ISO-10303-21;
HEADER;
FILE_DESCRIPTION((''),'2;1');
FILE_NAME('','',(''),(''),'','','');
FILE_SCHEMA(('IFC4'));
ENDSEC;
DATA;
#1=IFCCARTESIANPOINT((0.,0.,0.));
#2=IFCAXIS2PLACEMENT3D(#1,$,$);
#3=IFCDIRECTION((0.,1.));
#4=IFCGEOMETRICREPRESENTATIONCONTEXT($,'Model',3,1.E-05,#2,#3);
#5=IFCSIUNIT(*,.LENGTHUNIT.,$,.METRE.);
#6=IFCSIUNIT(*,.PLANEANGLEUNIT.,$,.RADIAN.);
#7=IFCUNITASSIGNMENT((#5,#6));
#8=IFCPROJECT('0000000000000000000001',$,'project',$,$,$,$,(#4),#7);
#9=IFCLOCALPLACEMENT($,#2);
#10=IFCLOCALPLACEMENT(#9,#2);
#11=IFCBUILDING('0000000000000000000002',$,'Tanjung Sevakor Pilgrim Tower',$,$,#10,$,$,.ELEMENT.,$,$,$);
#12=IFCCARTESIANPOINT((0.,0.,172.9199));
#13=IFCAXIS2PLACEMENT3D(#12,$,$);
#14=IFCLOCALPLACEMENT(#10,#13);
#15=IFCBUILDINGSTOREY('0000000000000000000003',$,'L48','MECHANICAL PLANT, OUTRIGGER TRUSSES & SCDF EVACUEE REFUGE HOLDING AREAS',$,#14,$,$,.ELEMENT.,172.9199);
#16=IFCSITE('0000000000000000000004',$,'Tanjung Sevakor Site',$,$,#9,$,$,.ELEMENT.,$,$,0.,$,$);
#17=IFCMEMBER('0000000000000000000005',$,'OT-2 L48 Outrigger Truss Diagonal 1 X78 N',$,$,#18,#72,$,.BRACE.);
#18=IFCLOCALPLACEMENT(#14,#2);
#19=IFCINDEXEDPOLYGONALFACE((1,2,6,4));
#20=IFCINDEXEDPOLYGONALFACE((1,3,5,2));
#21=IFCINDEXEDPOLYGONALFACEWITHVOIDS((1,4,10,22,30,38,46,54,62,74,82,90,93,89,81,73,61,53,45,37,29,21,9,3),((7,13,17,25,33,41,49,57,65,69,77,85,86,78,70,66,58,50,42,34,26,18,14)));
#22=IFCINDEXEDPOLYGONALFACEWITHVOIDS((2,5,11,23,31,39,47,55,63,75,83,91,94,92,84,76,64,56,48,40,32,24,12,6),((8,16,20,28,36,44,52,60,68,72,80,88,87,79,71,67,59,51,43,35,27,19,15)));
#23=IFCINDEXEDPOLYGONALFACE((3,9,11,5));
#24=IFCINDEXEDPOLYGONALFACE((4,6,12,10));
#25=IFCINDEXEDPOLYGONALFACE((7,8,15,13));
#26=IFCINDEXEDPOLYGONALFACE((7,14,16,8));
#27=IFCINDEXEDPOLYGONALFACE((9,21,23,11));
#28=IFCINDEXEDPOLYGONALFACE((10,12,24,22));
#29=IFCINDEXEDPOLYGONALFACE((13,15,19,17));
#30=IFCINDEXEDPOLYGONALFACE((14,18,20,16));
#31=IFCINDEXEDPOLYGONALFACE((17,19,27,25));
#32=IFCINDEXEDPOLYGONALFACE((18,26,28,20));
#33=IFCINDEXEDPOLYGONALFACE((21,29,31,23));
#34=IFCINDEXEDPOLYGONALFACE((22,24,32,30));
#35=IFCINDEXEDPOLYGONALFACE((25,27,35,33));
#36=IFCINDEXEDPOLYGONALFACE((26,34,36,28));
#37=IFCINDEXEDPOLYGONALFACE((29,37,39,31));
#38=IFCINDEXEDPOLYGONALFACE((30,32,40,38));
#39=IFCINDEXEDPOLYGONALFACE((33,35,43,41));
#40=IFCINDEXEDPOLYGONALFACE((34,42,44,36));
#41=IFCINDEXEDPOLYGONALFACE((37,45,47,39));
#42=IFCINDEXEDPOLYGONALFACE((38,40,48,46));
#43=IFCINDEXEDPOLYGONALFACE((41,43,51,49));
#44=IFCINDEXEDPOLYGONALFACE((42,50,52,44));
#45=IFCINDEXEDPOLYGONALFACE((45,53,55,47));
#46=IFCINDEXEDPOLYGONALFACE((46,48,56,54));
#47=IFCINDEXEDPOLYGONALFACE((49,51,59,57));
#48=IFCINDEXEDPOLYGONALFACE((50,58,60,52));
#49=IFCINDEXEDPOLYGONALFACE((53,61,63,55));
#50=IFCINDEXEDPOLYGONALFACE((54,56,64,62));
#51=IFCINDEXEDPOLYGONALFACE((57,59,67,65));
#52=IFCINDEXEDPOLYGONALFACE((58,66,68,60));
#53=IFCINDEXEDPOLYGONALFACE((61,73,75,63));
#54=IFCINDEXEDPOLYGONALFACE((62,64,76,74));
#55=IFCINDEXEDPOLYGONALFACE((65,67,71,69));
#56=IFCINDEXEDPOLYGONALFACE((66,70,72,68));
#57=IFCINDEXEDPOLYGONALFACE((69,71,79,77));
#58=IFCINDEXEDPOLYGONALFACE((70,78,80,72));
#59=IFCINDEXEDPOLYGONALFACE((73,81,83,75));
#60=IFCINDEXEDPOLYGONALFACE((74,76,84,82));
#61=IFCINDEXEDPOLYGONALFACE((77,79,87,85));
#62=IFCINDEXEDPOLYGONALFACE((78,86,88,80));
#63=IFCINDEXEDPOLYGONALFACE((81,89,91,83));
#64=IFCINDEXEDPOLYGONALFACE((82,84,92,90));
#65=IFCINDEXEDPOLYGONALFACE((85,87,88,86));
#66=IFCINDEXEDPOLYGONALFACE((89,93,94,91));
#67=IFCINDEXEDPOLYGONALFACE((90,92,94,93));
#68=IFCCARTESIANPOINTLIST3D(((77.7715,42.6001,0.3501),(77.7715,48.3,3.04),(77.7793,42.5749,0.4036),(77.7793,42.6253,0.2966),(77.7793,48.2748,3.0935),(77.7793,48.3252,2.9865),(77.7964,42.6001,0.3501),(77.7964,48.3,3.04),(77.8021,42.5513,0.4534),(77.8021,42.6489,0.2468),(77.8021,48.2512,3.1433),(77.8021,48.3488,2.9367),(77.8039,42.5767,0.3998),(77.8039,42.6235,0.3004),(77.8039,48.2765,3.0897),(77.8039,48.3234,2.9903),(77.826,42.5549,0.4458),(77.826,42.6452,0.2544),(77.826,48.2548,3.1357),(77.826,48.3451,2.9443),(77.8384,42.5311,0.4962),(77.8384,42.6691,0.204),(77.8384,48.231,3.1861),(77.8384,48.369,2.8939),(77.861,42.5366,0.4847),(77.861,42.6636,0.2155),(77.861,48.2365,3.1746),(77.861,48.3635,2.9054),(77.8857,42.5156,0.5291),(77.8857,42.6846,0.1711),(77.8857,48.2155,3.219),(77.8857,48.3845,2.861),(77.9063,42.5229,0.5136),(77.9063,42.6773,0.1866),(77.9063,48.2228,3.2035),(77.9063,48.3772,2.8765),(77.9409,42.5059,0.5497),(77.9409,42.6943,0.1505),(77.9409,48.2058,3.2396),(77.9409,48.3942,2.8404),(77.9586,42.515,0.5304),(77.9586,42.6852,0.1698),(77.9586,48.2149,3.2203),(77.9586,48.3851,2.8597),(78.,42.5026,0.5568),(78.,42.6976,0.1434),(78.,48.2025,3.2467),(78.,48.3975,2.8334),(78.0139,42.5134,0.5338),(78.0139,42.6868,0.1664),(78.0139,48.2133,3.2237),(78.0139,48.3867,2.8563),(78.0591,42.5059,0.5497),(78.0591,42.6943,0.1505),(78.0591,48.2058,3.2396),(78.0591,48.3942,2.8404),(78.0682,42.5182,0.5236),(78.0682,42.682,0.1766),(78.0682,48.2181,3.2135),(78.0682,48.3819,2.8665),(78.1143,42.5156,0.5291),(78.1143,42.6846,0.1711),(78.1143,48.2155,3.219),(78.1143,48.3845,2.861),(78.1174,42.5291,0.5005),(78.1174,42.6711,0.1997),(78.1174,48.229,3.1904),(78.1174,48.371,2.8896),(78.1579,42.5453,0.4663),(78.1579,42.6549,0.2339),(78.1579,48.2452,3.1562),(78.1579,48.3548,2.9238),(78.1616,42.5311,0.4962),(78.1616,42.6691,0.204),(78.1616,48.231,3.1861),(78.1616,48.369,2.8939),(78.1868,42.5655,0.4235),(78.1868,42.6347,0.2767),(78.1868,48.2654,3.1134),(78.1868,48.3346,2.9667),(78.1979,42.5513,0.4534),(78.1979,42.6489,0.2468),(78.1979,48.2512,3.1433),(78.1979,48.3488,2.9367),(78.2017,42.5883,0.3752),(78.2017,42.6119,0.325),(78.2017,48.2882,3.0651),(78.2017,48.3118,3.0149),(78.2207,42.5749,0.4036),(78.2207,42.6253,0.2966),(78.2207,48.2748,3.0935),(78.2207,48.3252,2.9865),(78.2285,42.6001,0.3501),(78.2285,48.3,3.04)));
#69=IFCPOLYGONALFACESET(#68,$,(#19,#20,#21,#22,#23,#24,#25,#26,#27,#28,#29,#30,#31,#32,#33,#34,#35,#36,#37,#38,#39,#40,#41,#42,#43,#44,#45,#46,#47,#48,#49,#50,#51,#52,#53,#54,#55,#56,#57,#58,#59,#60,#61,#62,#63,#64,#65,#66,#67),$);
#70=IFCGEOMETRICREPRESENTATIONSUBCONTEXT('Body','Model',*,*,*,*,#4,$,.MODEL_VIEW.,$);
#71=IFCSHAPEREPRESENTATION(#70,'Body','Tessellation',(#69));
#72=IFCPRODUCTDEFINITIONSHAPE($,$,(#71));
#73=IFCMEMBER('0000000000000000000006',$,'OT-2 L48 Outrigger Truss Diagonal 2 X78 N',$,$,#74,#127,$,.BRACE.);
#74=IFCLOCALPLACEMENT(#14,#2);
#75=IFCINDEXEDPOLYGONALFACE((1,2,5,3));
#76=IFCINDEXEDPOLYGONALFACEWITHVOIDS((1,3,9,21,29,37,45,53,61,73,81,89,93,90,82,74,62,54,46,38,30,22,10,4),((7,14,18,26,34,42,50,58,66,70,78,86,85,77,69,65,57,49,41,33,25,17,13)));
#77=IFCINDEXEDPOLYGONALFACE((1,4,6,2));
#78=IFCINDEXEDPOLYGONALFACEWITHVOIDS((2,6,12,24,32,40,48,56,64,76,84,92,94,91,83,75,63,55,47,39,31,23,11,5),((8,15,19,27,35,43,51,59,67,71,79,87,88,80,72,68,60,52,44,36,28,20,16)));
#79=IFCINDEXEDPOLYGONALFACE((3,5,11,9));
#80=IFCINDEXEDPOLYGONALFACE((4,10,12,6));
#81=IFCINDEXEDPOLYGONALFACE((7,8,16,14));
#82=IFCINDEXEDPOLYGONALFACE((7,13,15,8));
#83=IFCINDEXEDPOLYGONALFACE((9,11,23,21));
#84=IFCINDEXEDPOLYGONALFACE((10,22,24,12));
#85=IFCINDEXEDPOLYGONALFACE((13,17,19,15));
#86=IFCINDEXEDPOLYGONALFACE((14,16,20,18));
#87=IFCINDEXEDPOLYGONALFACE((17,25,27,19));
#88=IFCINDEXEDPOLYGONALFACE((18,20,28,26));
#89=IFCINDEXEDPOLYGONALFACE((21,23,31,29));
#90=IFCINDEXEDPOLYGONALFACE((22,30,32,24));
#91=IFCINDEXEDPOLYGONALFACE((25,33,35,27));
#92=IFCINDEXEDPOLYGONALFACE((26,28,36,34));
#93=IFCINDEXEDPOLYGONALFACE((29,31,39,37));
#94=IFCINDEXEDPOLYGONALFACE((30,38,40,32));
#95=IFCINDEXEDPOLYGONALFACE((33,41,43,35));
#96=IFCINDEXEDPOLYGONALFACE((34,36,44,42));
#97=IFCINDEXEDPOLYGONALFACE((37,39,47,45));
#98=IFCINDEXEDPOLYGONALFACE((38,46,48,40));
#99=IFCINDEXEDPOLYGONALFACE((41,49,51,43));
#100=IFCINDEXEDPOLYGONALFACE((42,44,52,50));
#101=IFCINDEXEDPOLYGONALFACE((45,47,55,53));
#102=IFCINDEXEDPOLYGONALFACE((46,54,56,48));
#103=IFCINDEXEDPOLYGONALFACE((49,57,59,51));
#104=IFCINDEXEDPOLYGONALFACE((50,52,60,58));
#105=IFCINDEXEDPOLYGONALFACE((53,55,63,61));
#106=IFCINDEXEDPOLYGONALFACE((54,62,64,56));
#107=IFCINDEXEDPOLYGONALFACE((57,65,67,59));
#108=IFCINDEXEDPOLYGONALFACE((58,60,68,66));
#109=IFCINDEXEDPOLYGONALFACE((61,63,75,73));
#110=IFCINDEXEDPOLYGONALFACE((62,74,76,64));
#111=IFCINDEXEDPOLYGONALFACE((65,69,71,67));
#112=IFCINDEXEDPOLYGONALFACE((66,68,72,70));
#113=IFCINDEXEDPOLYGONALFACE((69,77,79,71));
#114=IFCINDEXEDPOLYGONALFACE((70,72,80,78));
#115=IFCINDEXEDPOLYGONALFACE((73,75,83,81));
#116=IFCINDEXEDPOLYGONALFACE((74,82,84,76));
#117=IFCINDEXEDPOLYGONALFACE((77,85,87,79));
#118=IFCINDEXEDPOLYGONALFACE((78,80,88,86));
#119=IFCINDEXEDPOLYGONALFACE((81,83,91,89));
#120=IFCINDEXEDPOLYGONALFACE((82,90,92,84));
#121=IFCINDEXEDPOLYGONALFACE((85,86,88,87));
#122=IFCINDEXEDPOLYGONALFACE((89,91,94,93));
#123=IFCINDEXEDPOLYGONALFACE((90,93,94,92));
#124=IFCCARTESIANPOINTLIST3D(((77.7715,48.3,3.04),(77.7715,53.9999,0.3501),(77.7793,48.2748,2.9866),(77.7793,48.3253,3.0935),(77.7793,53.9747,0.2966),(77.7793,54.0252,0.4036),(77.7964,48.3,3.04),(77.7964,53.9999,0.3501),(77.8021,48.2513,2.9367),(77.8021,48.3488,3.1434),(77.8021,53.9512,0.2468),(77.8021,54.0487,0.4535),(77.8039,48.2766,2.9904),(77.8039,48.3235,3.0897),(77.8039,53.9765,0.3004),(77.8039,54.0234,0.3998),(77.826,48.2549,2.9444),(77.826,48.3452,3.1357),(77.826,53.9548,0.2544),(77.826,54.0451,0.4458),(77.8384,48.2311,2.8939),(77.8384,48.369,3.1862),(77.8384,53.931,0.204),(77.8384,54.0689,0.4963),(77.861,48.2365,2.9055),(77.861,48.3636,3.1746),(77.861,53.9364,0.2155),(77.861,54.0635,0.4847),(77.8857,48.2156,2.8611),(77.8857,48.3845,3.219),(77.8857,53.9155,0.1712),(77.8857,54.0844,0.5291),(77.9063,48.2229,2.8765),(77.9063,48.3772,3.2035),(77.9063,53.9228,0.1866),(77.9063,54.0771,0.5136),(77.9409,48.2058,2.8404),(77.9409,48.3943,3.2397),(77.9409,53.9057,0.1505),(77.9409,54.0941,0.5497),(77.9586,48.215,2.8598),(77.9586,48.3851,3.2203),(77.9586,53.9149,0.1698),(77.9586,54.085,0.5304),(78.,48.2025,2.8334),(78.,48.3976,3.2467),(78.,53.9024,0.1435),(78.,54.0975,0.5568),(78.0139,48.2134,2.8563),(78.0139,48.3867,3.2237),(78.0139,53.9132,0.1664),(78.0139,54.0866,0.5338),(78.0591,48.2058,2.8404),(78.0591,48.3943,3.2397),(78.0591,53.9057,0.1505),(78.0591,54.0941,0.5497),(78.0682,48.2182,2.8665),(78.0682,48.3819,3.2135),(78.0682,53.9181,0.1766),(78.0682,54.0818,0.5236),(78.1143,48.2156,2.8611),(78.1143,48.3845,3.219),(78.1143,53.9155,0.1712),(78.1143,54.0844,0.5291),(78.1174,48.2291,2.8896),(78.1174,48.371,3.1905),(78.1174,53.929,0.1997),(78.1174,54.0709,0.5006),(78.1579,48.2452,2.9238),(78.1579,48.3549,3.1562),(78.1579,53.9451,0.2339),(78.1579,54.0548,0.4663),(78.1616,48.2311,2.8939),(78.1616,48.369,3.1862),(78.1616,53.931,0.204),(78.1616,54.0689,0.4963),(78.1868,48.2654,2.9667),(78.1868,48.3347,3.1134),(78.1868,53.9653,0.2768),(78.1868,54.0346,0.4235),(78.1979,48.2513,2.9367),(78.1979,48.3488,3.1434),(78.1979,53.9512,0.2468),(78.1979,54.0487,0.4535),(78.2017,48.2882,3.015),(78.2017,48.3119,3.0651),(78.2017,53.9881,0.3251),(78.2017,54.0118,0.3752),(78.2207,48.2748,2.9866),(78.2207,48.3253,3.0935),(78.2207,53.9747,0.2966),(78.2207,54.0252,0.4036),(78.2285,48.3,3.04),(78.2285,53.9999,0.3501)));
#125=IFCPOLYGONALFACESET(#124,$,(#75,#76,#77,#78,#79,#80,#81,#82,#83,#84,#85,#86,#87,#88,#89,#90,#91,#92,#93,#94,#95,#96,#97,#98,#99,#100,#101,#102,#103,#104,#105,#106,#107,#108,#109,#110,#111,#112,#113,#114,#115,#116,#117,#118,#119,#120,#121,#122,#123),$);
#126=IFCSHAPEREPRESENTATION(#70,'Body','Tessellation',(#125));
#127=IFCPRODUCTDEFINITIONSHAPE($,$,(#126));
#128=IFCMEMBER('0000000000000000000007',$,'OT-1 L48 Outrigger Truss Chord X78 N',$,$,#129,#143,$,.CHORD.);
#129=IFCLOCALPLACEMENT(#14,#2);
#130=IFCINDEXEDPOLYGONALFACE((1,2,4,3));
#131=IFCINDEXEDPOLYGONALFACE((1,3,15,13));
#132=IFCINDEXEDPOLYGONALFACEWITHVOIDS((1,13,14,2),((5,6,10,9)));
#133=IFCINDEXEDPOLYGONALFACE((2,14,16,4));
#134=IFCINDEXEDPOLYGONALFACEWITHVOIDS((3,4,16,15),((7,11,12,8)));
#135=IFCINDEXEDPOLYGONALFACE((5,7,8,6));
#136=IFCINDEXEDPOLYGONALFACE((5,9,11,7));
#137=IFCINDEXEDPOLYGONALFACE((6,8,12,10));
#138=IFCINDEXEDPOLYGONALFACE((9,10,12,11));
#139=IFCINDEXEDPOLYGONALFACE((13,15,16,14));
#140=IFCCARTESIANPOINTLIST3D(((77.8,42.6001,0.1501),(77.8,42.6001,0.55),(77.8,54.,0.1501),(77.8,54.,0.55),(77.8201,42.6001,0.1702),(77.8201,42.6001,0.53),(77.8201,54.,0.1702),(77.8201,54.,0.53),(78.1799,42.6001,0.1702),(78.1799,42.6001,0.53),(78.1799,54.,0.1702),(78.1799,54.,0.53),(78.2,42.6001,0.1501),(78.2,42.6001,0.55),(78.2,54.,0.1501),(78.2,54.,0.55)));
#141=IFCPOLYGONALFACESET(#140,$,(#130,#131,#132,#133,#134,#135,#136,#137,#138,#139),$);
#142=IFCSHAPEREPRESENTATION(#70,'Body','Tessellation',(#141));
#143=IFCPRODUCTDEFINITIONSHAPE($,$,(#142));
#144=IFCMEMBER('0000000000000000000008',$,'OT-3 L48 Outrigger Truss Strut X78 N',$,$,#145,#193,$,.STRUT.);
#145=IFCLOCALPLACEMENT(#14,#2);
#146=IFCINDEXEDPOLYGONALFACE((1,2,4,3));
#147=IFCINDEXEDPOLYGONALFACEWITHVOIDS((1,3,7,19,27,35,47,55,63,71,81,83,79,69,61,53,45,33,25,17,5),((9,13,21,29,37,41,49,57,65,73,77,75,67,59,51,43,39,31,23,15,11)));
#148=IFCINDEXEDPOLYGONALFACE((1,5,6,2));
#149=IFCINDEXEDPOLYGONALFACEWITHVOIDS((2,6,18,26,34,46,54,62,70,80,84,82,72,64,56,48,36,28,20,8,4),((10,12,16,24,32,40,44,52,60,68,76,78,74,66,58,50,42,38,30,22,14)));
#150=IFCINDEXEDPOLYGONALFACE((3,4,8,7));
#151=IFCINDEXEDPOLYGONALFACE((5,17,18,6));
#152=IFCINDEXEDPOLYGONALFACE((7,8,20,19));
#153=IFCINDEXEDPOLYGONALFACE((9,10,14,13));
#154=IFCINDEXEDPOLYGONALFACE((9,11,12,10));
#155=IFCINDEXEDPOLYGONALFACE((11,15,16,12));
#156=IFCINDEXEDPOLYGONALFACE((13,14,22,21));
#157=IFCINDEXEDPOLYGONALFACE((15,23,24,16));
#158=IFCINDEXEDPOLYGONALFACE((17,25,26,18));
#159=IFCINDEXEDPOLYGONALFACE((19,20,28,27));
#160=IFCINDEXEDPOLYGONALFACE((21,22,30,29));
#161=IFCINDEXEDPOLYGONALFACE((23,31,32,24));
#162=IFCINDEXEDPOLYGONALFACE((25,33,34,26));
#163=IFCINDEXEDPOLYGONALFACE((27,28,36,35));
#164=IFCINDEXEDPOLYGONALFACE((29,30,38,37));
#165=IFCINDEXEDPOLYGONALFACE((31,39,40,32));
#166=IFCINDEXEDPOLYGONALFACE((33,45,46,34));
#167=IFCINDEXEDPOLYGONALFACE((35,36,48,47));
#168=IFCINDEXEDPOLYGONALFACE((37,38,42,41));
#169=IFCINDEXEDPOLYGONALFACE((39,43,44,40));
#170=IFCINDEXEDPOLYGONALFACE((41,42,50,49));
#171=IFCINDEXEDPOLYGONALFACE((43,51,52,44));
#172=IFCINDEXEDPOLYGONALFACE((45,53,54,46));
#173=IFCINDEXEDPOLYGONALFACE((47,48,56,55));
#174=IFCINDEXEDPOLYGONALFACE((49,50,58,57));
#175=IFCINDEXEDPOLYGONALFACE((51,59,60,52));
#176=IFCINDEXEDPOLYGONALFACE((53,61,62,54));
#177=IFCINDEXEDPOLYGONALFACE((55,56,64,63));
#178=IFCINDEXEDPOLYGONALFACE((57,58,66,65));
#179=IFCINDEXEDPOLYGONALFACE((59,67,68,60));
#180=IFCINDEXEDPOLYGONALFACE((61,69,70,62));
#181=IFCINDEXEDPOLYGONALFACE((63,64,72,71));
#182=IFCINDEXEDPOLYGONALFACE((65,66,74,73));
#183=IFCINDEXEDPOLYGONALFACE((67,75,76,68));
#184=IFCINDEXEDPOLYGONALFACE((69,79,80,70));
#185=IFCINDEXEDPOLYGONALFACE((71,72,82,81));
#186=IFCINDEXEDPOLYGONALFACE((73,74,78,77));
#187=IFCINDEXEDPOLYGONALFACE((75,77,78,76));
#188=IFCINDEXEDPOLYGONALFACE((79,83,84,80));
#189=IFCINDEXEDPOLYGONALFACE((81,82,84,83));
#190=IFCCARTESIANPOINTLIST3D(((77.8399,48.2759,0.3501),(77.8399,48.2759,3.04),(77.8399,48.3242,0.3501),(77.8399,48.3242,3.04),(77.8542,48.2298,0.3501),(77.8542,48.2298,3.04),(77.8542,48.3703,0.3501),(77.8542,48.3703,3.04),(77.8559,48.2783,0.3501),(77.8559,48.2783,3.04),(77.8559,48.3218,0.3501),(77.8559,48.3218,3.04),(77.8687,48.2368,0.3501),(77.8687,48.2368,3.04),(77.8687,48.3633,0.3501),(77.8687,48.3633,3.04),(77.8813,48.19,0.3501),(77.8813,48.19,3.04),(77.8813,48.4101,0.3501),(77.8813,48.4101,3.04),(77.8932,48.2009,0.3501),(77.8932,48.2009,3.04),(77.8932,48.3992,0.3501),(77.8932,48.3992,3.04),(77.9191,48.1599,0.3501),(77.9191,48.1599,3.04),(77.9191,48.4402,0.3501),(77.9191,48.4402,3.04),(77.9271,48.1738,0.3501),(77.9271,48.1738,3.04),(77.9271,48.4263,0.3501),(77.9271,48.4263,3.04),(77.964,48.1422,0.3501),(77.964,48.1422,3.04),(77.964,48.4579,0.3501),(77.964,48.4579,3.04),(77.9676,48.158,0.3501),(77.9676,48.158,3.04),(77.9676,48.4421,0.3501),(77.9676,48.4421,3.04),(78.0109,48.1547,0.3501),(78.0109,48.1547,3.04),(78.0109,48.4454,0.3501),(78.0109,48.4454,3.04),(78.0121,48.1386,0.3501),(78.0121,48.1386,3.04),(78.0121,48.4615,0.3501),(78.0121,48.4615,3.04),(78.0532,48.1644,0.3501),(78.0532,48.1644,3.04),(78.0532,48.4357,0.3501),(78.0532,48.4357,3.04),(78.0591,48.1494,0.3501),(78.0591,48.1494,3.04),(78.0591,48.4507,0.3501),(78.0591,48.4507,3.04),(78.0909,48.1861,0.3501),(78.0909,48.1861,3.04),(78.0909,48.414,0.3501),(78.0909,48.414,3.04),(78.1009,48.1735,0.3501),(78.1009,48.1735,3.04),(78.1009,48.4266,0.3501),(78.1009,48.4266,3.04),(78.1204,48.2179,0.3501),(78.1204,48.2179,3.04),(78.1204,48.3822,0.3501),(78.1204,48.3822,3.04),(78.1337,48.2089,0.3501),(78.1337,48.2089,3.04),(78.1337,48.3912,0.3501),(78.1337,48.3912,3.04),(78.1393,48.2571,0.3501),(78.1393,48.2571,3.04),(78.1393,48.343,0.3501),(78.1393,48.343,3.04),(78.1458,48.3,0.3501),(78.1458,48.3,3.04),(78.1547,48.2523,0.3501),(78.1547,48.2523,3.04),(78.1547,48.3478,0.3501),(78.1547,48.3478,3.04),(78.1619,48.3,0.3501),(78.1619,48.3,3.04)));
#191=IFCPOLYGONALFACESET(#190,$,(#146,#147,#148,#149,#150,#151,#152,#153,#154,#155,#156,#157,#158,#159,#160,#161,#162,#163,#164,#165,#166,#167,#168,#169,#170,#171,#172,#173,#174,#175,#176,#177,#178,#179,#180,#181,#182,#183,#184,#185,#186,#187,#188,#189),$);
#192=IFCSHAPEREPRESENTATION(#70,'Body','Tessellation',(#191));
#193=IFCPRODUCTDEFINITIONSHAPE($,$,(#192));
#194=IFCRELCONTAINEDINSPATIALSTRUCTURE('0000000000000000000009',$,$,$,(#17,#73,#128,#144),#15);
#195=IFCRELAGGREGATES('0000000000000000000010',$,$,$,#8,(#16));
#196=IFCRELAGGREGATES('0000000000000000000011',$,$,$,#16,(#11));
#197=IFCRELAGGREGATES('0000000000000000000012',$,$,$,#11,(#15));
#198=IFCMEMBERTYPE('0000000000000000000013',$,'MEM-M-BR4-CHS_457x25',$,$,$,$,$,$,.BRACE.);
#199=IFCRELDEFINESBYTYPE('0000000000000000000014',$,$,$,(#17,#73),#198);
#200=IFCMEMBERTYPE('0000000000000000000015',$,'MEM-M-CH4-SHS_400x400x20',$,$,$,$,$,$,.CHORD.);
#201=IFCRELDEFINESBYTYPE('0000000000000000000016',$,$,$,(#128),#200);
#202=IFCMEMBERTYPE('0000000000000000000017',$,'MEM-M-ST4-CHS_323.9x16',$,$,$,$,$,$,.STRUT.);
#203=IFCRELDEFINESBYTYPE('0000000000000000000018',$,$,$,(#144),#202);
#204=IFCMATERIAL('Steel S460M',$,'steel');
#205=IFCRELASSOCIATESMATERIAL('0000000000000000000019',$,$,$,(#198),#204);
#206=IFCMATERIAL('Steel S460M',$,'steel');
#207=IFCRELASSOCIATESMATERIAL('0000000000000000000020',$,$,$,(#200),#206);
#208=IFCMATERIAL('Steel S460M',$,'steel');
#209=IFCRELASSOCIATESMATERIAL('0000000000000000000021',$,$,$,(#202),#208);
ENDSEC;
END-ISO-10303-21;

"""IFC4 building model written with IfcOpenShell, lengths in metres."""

from ifc_helpers import new_model, si_unit, direction, frame, origin, origin_2d, place, context, subcontext, project, spatial, hollow_rectangle, hollow_circle, extrude, material, material_profile, profile_set, type_object, element, save


model = new_model("IFC4")

# Units and contexts
model_context = context("Model", 3, precision=1e-05, world=origin(), true_north=direction((0.0, 1.0)))
body_context = subcontext(model_context, "Body", "Model", "MODEL_VIEW")
ifc_project = project(units=[si_unit("LENGTHUNIT", "METRE"), si_unit("PLANEANGLEUNIT", "RADIAN")], contexts=[model_context])

# Site, building, storey
site_placement = place(None, origin())
site = spatial("IfcSite", under=ifc_project, at=site_placement, Name="Tanjung Sevakor Site", CompositionType="ELEMENT", RefElevation=0.0)
building_placement = place(site_placement, origin())
building = spatial("IfcBuilding", under=site, at=building_placement, Name="Tanjung Sevakor Pilgrim Tower", CompositionType="ELEMENT")
storey_placement = place(building_placement, frame((0.0, 0.0, 172.9199)))
storey = spatial("IfcBuildingStorey", under=building, at=storey_placement, Name="L48", Description="MECHANICAL PLANT, OUTRIGGER TRUSSES & SCDF EVACUEE REFUGE HOLDING AREAS", CompositionType="ELEMENT", Elevation=172.9199)

# Members
ifc_material_1 = material(Name="Steel S460M", Category="steel")
ifc_material_profile_1 = material_profile(ifc_material_1, hollow_circle(Radius=0.2285, WallThickness=0.0249, at=origin_2d()))
ifc_profile_set_1 = profile_set([ifc_material_profile_1], Name="Steel S460M")
member_type_1 = type_object("IfcMemberType", Name="MEM-M-BR4-CHS_457x25", PredefinedType="BRACE", material=ifc_profile_set_1)
for number, where, z_axis, x_axis, name in (
    (1, (78.0, 42.6001, 0.3501), (0.0, 0.904353, 0.426785), (-1.0, 0.0, 0.0), "OT-2 L48 Outrigger Truss Diagonal 1 X78 N"),
    (2, (78.0, 48.3, 3.04), (0.0, 0.904353, -0.426785), (-1.0, 0.0, 0.0), "OT-2 L48 Outrigger Truss Diagonal 2 X78 N"),
):
    element("IfcMember", number, at=place(storey_placement, frame(where, z_axis=z_axis, x_axis=x_axis)), inside=storey, type_object=member_type_1, Name=name, PredefinedType="BRACE", context=body_context, shape_type="SweptSolid", body=[
        extrude(hollow_circle(Radius=0.2285, WallThickness=0.0249, at=origin_2d()), origin(), (0.0, 0.0, 1.0), 6.3027),
    ])
ifc_material_2 = material(Name="Steel S460M", Category="steel")
ifc_material_profile_2 = material_profile(ifc_material_2, hollow_rectangle(XDim=0.3999, YDim=0.3999, WallThickness=0.02, at=origin_2d()))
ifc_profile_set_2 = profile_set([ifc_material_profile_2], Name="Steel S460M")
member_type_2 = type_object("IfcMemberType", Name="MEM-M-CH4-SHS_400x400x20", PredefinedType="CHORD", material=ifc_profile_set_2)
member_1_placement = place(storey_placement, frame((78.0, 42.6001, 0.3501), z_axis=(0.0, 1.0, 0.0), x_axis=(-1.0, 0.0, 0.0)))
element("IfcMember", 3, at=member_1_placement, inside=storey, type_object=member_type_2, Name="OT-1 L48 Outrigger Truss Chord X78 N", PredefinedType="CHORD", context=body_context, shape_type="SweptSolid", body=[
    extrude(hollow_rectangle(XDim=0.3999, YDim=0.3999, WallThickness=0.02, at=origin_2d()), origin(), (0.0, 0.0, 1.0), 11.3999),
])
ifc_material_3 = material(Name="Steel S460M", Category="steel")
ifc_material_profile_3 = material_profile(ifc_material_3, hollow_circle(Radius=0.1619, WallThickness=0.0161, at=origin_2d()))
ifc_profile_set_3 = profile_set([ifc_material_profile_3], Name="Steel S460M")
member_type_3 = type_object("IfcMemberType", Name="MEM-M-ST4-CHS_323.9x16", PredefinedType="STRUT", material=ifc_profile_set_3)
member_2_placement = place(storey_placement, frame((78.0, 48.3, 0.3501), z_axis=(0.0, 0.0, 1.0), x_axis=(1.0, 0.0, 0.0)))
element("IfcMember", 4, at=member_2_placement, inside=storey, type_object=member_type_3, Name="OT-3 L48 Outrigger Truss Strut X78 N", PredefinedType="STRUT", context=body_context, shape_type="SweptSolid", body=[
    extrude(hollow_circle(Radius=0.1619, WallThickness=0.0161, at=origin_2d()), origin(), (0.0, 0.0, 1.0), 2.6899),
])

save(model, "model.ifc")
